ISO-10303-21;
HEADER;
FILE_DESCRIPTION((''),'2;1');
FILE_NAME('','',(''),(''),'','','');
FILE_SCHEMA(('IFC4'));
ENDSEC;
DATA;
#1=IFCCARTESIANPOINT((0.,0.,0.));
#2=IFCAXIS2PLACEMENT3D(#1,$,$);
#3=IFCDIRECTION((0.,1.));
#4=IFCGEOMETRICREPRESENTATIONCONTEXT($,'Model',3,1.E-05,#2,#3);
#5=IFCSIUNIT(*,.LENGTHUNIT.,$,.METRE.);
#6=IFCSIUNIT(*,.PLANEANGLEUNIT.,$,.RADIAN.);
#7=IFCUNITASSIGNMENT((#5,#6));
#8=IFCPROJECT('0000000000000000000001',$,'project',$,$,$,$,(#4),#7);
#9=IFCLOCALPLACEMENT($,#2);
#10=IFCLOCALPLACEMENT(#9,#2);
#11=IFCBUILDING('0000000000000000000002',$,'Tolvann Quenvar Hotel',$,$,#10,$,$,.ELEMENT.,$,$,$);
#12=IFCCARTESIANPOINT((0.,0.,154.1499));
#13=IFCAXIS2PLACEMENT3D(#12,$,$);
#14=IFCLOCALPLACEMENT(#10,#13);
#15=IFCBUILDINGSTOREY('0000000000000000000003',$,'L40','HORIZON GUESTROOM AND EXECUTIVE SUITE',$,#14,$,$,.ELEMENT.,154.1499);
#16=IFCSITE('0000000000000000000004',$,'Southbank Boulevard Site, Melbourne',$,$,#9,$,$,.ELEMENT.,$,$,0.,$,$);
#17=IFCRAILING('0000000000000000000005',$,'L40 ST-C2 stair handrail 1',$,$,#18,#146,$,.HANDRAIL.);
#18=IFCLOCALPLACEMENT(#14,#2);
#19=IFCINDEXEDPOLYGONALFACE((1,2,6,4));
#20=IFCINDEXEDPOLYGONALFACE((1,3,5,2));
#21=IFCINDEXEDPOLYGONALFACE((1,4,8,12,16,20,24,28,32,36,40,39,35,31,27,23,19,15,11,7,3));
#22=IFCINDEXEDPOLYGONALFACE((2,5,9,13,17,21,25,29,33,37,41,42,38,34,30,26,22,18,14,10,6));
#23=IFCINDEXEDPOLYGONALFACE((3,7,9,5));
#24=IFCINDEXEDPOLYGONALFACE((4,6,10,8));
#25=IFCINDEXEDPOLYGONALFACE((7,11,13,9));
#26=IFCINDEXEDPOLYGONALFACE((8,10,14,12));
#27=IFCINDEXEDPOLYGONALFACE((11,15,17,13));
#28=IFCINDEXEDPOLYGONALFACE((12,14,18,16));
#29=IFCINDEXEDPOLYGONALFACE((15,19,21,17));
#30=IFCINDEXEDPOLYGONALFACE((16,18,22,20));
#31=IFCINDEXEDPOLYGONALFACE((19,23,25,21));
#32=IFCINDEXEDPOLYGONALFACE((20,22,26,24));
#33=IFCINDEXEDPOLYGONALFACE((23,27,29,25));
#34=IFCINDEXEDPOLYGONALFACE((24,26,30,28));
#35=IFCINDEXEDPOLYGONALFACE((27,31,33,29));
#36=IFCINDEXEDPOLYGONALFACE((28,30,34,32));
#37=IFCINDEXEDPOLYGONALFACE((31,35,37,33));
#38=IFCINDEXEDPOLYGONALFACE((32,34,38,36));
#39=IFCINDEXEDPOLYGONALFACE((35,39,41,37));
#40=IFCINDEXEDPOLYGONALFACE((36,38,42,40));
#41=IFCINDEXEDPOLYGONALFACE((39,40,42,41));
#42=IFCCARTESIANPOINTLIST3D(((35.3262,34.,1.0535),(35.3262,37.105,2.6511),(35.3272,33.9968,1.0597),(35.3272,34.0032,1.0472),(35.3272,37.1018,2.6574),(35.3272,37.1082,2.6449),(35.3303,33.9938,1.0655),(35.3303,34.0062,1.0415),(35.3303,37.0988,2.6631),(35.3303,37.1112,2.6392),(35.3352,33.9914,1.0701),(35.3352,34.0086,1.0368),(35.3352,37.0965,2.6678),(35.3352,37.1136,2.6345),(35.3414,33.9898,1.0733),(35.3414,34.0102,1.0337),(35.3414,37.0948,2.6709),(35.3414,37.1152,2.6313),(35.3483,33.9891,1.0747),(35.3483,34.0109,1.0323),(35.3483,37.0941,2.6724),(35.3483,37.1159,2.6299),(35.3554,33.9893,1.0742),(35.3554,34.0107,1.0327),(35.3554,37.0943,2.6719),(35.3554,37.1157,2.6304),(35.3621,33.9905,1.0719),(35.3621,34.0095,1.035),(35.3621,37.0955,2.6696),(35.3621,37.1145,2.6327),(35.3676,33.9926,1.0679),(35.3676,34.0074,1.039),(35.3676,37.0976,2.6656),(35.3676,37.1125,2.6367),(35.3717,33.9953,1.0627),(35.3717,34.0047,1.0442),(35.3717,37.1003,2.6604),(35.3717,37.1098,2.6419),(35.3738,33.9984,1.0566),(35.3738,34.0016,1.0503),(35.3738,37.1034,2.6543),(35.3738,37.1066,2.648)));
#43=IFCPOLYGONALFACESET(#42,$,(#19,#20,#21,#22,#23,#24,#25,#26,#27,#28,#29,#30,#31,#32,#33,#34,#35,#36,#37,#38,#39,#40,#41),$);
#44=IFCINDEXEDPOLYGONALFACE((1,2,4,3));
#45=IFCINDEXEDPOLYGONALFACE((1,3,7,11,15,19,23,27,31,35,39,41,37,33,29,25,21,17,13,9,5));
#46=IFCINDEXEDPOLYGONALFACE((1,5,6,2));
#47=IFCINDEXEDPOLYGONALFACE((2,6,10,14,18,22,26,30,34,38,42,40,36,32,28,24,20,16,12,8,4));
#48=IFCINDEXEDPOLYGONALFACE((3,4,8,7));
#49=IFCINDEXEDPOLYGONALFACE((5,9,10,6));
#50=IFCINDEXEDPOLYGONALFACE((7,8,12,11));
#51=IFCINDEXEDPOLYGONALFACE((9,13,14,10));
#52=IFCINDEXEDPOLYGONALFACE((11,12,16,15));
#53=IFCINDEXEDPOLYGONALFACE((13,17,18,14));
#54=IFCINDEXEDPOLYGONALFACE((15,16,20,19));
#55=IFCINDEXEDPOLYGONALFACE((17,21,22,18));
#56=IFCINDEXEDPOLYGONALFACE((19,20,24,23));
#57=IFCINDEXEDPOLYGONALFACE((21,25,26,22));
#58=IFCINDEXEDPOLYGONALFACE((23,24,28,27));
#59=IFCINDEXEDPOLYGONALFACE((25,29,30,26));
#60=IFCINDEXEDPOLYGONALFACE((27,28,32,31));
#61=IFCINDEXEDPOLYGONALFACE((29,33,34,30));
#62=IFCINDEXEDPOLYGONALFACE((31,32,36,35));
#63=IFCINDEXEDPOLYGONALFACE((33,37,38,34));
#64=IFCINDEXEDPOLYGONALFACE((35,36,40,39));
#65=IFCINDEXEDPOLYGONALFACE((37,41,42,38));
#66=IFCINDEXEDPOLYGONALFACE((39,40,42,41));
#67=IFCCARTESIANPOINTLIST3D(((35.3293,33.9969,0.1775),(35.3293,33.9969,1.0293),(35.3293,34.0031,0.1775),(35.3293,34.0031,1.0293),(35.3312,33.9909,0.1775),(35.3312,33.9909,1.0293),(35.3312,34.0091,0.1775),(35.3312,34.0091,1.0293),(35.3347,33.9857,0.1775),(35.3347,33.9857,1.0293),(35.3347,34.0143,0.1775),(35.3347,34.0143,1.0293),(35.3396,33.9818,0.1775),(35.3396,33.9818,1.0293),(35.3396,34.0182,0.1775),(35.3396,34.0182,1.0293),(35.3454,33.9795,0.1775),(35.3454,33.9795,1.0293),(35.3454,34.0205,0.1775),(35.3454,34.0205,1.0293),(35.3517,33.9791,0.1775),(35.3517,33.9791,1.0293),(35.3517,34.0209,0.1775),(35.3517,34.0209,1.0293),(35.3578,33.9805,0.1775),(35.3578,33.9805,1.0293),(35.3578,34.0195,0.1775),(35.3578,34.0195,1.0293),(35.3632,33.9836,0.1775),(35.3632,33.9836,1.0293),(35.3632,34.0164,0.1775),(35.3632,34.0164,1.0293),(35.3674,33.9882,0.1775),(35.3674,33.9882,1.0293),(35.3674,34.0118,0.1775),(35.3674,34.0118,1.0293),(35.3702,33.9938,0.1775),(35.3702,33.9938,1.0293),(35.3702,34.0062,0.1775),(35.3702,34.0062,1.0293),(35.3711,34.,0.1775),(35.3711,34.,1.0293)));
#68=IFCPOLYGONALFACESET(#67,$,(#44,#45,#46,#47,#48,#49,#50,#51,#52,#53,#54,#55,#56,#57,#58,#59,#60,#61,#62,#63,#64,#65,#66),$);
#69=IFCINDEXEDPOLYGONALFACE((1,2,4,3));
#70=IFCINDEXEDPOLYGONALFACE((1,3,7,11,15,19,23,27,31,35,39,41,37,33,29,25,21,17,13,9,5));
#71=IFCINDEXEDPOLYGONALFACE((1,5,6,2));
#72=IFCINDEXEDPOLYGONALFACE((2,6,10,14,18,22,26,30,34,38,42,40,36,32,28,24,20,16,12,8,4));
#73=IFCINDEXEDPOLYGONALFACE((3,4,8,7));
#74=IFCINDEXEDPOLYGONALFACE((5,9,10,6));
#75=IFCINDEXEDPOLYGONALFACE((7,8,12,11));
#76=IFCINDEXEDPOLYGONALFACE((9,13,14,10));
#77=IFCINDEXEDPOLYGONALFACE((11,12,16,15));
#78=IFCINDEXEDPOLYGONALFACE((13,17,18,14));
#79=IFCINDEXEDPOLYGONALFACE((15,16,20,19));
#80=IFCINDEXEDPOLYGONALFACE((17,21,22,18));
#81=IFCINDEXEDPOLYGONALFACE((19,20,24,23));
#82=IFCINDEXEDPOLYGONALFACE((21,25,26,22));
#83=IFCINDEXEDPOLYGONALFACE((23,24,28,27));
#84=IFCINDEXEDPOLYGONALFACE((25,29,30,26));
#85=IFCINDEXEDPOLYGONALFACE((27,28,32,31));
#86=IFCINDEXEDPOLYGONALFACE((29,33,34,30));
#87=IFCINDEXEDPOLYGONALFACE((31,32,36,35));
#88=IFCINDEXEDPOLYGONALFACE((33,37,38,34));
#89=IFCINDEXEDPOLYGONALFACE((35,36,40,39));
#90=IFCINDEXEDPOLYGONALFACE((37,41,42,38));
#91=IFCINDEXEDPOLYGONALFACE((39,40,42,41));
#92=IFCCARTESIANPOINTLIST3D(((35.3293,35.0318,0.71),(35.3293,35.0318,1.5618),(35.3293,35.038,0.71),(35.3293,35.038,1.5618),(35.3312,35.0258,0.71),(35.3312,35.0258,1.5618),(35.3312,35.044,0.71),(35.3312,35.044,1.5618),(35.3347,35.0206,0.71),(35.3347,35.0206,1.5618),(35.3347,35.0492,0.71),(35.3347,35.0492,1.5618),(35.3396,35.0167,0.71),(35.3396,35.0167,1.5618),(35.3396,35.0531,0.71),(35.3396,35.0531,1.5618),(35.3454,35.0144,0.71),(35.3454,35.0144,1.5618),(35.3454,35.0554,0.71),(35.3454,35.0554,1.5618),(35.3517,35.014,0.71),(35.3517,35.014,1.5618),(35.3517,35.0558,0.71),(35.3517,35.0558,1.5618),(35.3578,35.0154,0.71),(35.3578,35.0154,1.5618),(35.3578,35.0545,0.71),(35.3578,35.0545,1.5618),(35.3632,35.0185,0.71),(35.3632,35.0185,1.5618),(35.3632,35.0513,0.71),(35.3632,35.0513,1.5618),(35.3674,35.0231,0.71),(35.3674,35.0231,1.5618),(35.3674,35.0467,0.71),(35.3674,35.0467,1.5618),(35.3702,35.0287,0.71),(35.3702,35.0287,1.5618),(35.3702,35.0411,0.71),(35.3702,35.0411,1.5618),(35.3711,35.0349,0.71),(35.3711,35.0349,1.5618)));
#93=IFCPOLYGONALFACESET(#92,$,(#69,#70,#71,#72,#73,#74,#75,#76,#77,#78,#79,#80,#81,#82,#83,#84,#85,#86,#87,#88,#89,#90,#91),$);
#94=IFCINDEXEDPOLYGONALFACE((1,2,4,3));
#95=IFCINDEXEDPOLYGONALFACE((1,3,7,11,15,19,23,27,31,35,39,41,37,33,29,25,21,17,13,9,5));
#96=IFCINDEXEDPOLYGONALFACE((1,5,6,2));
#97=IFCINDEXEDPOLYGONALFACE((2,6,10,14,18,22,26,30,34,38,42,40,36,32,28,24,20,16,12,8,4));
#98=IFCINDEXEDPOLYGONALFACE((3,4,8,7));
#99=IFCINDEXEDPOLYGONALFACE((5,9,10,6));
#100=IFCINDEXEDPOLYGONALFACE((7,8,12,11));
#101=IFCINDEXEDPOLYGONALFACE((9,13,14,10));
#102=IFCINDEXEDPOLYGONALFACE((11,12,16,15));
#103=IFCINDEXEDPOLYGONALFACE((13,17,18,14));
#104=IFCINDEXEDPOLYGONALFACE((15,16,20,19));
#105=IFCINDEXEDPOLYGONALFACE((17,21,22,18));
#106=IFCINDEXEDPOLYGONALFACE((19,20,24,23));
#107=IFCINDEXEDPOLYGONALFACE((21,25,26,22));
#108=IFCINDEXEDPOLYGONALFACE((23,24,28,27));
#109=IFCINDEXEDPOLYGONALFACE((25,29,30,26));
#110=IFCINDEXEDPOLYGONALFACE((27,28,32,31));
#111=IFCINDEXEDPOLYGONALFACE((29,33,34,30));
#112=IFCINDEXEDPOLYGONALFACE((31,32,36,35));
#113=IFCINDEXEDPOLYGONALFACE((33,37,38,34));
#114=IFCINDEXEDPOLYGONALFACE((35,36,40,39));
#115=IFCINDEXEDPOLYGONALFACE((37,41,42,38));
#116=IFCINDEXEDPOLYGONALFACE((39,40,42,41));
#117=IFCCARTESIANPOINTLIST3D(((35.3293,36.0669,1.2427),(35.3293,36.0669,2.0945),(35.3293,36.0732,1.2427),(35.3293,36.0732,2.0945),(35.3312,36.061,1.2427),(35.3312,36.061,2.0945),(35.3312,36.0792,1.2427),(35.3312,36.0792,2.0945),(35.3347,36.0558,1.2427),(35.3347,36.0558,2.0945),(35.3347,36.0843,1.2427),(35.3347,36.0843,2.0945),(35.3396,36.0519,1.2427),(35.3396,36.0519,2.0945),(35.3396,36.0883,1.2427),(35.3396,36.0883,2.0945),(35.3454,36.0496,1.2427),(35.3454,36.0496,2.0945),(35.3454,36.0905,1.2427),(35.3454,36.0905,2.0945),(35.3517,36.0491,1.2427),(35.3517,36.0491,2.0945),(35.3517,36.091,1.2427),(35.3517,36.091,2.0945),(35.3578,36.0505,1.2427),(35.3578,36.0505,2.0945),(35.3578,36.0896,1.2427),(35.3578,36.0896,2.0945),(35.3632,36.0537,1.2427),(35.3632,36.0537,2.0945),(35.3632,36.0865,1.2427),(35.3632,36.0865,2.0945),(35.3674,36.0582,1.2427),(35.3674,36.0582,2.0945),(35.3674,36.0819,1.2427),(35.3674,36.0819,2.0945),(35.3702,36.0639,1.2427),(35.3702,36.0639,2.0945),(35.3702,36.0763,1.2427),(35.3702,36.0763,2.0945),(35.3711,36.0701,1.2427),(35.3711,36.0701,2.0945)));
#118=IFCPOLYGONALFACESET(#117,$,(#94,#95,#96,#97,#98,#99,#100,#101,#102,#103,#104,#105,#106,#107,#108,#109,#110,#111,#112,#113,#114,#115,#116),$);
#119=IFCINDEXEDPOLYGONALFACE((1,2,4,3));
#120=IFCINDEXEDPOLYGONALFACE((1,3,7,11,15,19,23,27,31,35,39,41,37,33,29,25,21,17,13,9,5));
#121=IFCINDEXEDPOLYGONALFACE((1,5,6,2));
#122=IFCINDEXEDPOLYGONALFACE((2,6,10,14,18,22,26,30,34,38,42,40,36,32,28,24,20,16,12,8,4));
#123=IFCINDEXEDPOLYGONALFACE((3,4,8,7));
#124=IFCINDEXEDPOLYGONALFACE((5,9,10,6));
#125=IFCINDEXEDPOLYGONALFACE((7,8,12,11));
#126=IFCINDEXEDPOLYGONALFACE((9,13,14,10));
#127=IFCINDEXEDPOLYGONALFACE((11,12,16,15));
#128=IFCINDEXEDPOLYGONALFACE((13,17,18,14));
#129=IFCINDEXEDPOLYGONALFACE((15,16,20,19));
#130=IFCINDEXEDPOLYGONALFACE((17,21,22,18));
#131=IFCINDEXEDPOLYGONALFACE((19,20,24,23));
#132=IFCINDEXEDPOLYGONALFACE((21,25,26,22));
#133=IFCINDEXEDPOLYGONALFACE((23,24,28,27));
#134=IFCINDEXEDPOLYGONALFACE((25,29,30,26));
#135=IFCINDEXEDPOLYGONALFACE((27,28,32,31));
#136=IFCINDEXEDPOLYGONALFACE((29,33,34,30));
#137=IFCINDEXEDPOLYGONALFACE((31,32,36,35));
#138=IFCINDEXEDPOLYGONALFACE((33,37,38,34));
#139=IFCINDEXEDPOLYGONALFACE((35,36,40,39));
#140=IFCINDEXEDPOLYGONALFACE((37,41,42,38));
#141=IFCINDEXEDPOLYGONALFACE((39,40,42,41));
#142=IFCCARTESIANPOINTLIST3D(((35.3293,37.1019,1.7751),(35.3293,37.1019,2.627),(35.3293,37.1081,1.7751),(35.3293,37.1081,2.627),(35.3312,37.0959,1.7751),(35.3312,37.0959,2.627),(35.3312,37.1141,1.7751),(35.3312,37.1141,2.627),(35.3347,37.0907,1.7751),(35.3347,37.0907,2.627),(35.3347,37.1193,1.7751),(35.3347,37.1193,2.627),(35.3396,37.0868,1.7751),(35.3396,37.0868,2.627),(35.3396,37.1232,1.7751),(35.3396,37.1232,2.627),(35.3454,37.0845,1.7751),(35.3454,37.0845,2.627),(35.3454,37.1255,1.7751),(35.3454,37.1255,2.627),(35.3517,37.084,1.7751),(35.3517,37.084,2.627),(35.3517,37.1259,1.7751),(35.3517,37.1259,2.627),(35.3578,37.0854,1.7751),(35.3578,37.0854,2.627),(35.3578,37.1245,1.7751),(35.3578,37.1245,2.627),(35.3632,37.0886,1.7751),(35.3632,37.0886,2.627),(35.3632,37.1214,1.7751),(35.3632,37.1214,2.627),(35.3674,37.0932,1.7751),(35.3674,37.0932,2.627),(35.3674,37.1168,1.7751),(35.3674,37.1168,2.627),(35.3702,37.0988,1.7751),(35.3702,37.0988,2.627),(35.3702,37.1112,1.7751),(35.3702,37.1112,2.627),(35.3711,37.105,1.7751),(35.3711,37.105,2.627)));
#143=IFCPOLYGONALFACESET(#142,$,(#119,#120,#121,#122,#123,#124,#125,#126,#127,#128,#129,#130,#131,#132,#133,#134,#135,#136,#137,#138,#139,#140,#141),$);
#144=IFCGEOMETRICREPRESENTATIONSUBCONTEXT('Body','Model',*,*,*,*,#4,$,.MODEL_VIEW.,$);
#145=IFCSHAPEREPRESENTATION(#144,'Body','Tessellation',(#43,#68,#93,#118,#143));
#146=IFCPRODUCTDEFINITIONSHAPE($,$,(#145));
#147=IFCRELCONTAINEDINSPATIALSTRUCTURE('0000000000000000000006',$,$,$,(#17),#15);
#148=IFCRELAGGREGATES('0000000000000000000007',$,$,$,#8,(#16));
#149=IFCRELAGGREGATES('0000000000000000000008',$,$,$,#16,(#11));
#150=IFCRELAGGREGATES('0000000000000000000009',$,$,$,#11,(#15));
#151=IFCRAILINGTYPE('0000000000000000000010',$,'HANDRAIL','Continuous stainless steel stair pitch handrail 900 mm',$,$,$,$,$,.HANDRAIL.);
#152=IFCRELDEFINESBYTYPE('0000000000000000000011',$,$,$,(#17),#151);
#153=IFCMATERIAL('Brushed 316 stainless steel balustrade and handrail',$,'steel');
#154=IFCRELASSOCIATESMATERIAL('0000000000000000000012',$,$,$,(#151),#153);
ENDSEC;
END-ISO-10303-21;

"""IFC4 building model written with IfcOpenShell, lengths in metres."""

from ifc_helpers import new_model, si_unit, direction, frame, origin, origin_2d, place, context, subcontext, project, spatial, circle, extrude, material, type_object, element, save


model = new_model("IFC4")

# Units and contexts
model_context = context("Model", 3, precision=1e-05, world=origin(), true_north=direction((0.0, 1.0)))
body_context = subcontext(model_context, "Body", "Model", "MODEL_VIEW")
ifc_project = project(units=[si_unit("LENGTHUNIT", "METRE"), si_unit("PLANEANGLEUNIT", "RADIAN")], contexts=[model_context])

# Site, building, storey
site_placement = place(None, origin())
site = spatial("IfcSite", under=ifc_project, at=site_placement, Name="Southbank Boulevard Site, Melbourne", CompositionType="ELEMENT", RefElevation=0.0)
building_placement = place(site_placement, origin())
building = spatial("IfcBuilding", under=site, at=building_placement, Name="Tolvann Quenvar Hotel", CompositionType="ELEMENT")
storey_placement = place(building_placement, frame((0.0, 0.0, 154.1499)))
storey = spatial("IfcBuildingStorey", under=building, at=storey_placement, Name="L40", Description="HORIZON GUESTROOM AND EXECUTIVE SUITE", CompositionType="ELEMENT", Elevation=154.1499)

# Railing
ifc_material_1 = material(Name="Brushed 316 stainless steel balustrade and handrail", Category="steel")
railing_type_1 = type_object("IfcRailingType", Name="HANDRAIL", Description="Continuous stainless steel stair pitch handrail 900 mm", PredefinedType="HANDRAIL", material=ifc_material_1)
railing_1_placement = place(storey_placement, frame((35.3501, 34.0, 0.1775)))
element("IfcRailing", 1, at=railing_1_placement, inside=storey, type_object=railing_type_1, Name="L40 ST-C2 stair handrail 1", PredefinedType="HANDRAIL", context=body_context, shape_type="SweptSolid", body=[
    extrude(circle(Radius=0.0239, at=origin_2d()), frame((0.0, 0.0, 0.876), z_axis=(0.0, 0.889194, 0.457531), x_axis=(-1.0, 0.0, 0.0)), (0.0, 0.0, 1.0), 3.4919),
    extrude(circle(Radius=0.021, at=origin_2d()), origin(), (0.0, 0.0, 1.0), 0.8518),
    extrude(circle(Radius=0.021, at=origin_2d()), frame((0.0, 1.0349, 0.5325)), (0.0, 0.0, 1.0), 0.8518),
    extrude(circle(Radius=0.021, at=origin_2d()), frame((0.0, 2.0701, 1.0652)), (0.0, 0.0, 1.0), 0.8518),
    extrude(circle(Radius=0.021, at=origin_2d()), frame((0.0, 3.105, 1.5977)), (0.0, 0.0, 1.0), 0.8518),
])

save(model, "model.ifc")
